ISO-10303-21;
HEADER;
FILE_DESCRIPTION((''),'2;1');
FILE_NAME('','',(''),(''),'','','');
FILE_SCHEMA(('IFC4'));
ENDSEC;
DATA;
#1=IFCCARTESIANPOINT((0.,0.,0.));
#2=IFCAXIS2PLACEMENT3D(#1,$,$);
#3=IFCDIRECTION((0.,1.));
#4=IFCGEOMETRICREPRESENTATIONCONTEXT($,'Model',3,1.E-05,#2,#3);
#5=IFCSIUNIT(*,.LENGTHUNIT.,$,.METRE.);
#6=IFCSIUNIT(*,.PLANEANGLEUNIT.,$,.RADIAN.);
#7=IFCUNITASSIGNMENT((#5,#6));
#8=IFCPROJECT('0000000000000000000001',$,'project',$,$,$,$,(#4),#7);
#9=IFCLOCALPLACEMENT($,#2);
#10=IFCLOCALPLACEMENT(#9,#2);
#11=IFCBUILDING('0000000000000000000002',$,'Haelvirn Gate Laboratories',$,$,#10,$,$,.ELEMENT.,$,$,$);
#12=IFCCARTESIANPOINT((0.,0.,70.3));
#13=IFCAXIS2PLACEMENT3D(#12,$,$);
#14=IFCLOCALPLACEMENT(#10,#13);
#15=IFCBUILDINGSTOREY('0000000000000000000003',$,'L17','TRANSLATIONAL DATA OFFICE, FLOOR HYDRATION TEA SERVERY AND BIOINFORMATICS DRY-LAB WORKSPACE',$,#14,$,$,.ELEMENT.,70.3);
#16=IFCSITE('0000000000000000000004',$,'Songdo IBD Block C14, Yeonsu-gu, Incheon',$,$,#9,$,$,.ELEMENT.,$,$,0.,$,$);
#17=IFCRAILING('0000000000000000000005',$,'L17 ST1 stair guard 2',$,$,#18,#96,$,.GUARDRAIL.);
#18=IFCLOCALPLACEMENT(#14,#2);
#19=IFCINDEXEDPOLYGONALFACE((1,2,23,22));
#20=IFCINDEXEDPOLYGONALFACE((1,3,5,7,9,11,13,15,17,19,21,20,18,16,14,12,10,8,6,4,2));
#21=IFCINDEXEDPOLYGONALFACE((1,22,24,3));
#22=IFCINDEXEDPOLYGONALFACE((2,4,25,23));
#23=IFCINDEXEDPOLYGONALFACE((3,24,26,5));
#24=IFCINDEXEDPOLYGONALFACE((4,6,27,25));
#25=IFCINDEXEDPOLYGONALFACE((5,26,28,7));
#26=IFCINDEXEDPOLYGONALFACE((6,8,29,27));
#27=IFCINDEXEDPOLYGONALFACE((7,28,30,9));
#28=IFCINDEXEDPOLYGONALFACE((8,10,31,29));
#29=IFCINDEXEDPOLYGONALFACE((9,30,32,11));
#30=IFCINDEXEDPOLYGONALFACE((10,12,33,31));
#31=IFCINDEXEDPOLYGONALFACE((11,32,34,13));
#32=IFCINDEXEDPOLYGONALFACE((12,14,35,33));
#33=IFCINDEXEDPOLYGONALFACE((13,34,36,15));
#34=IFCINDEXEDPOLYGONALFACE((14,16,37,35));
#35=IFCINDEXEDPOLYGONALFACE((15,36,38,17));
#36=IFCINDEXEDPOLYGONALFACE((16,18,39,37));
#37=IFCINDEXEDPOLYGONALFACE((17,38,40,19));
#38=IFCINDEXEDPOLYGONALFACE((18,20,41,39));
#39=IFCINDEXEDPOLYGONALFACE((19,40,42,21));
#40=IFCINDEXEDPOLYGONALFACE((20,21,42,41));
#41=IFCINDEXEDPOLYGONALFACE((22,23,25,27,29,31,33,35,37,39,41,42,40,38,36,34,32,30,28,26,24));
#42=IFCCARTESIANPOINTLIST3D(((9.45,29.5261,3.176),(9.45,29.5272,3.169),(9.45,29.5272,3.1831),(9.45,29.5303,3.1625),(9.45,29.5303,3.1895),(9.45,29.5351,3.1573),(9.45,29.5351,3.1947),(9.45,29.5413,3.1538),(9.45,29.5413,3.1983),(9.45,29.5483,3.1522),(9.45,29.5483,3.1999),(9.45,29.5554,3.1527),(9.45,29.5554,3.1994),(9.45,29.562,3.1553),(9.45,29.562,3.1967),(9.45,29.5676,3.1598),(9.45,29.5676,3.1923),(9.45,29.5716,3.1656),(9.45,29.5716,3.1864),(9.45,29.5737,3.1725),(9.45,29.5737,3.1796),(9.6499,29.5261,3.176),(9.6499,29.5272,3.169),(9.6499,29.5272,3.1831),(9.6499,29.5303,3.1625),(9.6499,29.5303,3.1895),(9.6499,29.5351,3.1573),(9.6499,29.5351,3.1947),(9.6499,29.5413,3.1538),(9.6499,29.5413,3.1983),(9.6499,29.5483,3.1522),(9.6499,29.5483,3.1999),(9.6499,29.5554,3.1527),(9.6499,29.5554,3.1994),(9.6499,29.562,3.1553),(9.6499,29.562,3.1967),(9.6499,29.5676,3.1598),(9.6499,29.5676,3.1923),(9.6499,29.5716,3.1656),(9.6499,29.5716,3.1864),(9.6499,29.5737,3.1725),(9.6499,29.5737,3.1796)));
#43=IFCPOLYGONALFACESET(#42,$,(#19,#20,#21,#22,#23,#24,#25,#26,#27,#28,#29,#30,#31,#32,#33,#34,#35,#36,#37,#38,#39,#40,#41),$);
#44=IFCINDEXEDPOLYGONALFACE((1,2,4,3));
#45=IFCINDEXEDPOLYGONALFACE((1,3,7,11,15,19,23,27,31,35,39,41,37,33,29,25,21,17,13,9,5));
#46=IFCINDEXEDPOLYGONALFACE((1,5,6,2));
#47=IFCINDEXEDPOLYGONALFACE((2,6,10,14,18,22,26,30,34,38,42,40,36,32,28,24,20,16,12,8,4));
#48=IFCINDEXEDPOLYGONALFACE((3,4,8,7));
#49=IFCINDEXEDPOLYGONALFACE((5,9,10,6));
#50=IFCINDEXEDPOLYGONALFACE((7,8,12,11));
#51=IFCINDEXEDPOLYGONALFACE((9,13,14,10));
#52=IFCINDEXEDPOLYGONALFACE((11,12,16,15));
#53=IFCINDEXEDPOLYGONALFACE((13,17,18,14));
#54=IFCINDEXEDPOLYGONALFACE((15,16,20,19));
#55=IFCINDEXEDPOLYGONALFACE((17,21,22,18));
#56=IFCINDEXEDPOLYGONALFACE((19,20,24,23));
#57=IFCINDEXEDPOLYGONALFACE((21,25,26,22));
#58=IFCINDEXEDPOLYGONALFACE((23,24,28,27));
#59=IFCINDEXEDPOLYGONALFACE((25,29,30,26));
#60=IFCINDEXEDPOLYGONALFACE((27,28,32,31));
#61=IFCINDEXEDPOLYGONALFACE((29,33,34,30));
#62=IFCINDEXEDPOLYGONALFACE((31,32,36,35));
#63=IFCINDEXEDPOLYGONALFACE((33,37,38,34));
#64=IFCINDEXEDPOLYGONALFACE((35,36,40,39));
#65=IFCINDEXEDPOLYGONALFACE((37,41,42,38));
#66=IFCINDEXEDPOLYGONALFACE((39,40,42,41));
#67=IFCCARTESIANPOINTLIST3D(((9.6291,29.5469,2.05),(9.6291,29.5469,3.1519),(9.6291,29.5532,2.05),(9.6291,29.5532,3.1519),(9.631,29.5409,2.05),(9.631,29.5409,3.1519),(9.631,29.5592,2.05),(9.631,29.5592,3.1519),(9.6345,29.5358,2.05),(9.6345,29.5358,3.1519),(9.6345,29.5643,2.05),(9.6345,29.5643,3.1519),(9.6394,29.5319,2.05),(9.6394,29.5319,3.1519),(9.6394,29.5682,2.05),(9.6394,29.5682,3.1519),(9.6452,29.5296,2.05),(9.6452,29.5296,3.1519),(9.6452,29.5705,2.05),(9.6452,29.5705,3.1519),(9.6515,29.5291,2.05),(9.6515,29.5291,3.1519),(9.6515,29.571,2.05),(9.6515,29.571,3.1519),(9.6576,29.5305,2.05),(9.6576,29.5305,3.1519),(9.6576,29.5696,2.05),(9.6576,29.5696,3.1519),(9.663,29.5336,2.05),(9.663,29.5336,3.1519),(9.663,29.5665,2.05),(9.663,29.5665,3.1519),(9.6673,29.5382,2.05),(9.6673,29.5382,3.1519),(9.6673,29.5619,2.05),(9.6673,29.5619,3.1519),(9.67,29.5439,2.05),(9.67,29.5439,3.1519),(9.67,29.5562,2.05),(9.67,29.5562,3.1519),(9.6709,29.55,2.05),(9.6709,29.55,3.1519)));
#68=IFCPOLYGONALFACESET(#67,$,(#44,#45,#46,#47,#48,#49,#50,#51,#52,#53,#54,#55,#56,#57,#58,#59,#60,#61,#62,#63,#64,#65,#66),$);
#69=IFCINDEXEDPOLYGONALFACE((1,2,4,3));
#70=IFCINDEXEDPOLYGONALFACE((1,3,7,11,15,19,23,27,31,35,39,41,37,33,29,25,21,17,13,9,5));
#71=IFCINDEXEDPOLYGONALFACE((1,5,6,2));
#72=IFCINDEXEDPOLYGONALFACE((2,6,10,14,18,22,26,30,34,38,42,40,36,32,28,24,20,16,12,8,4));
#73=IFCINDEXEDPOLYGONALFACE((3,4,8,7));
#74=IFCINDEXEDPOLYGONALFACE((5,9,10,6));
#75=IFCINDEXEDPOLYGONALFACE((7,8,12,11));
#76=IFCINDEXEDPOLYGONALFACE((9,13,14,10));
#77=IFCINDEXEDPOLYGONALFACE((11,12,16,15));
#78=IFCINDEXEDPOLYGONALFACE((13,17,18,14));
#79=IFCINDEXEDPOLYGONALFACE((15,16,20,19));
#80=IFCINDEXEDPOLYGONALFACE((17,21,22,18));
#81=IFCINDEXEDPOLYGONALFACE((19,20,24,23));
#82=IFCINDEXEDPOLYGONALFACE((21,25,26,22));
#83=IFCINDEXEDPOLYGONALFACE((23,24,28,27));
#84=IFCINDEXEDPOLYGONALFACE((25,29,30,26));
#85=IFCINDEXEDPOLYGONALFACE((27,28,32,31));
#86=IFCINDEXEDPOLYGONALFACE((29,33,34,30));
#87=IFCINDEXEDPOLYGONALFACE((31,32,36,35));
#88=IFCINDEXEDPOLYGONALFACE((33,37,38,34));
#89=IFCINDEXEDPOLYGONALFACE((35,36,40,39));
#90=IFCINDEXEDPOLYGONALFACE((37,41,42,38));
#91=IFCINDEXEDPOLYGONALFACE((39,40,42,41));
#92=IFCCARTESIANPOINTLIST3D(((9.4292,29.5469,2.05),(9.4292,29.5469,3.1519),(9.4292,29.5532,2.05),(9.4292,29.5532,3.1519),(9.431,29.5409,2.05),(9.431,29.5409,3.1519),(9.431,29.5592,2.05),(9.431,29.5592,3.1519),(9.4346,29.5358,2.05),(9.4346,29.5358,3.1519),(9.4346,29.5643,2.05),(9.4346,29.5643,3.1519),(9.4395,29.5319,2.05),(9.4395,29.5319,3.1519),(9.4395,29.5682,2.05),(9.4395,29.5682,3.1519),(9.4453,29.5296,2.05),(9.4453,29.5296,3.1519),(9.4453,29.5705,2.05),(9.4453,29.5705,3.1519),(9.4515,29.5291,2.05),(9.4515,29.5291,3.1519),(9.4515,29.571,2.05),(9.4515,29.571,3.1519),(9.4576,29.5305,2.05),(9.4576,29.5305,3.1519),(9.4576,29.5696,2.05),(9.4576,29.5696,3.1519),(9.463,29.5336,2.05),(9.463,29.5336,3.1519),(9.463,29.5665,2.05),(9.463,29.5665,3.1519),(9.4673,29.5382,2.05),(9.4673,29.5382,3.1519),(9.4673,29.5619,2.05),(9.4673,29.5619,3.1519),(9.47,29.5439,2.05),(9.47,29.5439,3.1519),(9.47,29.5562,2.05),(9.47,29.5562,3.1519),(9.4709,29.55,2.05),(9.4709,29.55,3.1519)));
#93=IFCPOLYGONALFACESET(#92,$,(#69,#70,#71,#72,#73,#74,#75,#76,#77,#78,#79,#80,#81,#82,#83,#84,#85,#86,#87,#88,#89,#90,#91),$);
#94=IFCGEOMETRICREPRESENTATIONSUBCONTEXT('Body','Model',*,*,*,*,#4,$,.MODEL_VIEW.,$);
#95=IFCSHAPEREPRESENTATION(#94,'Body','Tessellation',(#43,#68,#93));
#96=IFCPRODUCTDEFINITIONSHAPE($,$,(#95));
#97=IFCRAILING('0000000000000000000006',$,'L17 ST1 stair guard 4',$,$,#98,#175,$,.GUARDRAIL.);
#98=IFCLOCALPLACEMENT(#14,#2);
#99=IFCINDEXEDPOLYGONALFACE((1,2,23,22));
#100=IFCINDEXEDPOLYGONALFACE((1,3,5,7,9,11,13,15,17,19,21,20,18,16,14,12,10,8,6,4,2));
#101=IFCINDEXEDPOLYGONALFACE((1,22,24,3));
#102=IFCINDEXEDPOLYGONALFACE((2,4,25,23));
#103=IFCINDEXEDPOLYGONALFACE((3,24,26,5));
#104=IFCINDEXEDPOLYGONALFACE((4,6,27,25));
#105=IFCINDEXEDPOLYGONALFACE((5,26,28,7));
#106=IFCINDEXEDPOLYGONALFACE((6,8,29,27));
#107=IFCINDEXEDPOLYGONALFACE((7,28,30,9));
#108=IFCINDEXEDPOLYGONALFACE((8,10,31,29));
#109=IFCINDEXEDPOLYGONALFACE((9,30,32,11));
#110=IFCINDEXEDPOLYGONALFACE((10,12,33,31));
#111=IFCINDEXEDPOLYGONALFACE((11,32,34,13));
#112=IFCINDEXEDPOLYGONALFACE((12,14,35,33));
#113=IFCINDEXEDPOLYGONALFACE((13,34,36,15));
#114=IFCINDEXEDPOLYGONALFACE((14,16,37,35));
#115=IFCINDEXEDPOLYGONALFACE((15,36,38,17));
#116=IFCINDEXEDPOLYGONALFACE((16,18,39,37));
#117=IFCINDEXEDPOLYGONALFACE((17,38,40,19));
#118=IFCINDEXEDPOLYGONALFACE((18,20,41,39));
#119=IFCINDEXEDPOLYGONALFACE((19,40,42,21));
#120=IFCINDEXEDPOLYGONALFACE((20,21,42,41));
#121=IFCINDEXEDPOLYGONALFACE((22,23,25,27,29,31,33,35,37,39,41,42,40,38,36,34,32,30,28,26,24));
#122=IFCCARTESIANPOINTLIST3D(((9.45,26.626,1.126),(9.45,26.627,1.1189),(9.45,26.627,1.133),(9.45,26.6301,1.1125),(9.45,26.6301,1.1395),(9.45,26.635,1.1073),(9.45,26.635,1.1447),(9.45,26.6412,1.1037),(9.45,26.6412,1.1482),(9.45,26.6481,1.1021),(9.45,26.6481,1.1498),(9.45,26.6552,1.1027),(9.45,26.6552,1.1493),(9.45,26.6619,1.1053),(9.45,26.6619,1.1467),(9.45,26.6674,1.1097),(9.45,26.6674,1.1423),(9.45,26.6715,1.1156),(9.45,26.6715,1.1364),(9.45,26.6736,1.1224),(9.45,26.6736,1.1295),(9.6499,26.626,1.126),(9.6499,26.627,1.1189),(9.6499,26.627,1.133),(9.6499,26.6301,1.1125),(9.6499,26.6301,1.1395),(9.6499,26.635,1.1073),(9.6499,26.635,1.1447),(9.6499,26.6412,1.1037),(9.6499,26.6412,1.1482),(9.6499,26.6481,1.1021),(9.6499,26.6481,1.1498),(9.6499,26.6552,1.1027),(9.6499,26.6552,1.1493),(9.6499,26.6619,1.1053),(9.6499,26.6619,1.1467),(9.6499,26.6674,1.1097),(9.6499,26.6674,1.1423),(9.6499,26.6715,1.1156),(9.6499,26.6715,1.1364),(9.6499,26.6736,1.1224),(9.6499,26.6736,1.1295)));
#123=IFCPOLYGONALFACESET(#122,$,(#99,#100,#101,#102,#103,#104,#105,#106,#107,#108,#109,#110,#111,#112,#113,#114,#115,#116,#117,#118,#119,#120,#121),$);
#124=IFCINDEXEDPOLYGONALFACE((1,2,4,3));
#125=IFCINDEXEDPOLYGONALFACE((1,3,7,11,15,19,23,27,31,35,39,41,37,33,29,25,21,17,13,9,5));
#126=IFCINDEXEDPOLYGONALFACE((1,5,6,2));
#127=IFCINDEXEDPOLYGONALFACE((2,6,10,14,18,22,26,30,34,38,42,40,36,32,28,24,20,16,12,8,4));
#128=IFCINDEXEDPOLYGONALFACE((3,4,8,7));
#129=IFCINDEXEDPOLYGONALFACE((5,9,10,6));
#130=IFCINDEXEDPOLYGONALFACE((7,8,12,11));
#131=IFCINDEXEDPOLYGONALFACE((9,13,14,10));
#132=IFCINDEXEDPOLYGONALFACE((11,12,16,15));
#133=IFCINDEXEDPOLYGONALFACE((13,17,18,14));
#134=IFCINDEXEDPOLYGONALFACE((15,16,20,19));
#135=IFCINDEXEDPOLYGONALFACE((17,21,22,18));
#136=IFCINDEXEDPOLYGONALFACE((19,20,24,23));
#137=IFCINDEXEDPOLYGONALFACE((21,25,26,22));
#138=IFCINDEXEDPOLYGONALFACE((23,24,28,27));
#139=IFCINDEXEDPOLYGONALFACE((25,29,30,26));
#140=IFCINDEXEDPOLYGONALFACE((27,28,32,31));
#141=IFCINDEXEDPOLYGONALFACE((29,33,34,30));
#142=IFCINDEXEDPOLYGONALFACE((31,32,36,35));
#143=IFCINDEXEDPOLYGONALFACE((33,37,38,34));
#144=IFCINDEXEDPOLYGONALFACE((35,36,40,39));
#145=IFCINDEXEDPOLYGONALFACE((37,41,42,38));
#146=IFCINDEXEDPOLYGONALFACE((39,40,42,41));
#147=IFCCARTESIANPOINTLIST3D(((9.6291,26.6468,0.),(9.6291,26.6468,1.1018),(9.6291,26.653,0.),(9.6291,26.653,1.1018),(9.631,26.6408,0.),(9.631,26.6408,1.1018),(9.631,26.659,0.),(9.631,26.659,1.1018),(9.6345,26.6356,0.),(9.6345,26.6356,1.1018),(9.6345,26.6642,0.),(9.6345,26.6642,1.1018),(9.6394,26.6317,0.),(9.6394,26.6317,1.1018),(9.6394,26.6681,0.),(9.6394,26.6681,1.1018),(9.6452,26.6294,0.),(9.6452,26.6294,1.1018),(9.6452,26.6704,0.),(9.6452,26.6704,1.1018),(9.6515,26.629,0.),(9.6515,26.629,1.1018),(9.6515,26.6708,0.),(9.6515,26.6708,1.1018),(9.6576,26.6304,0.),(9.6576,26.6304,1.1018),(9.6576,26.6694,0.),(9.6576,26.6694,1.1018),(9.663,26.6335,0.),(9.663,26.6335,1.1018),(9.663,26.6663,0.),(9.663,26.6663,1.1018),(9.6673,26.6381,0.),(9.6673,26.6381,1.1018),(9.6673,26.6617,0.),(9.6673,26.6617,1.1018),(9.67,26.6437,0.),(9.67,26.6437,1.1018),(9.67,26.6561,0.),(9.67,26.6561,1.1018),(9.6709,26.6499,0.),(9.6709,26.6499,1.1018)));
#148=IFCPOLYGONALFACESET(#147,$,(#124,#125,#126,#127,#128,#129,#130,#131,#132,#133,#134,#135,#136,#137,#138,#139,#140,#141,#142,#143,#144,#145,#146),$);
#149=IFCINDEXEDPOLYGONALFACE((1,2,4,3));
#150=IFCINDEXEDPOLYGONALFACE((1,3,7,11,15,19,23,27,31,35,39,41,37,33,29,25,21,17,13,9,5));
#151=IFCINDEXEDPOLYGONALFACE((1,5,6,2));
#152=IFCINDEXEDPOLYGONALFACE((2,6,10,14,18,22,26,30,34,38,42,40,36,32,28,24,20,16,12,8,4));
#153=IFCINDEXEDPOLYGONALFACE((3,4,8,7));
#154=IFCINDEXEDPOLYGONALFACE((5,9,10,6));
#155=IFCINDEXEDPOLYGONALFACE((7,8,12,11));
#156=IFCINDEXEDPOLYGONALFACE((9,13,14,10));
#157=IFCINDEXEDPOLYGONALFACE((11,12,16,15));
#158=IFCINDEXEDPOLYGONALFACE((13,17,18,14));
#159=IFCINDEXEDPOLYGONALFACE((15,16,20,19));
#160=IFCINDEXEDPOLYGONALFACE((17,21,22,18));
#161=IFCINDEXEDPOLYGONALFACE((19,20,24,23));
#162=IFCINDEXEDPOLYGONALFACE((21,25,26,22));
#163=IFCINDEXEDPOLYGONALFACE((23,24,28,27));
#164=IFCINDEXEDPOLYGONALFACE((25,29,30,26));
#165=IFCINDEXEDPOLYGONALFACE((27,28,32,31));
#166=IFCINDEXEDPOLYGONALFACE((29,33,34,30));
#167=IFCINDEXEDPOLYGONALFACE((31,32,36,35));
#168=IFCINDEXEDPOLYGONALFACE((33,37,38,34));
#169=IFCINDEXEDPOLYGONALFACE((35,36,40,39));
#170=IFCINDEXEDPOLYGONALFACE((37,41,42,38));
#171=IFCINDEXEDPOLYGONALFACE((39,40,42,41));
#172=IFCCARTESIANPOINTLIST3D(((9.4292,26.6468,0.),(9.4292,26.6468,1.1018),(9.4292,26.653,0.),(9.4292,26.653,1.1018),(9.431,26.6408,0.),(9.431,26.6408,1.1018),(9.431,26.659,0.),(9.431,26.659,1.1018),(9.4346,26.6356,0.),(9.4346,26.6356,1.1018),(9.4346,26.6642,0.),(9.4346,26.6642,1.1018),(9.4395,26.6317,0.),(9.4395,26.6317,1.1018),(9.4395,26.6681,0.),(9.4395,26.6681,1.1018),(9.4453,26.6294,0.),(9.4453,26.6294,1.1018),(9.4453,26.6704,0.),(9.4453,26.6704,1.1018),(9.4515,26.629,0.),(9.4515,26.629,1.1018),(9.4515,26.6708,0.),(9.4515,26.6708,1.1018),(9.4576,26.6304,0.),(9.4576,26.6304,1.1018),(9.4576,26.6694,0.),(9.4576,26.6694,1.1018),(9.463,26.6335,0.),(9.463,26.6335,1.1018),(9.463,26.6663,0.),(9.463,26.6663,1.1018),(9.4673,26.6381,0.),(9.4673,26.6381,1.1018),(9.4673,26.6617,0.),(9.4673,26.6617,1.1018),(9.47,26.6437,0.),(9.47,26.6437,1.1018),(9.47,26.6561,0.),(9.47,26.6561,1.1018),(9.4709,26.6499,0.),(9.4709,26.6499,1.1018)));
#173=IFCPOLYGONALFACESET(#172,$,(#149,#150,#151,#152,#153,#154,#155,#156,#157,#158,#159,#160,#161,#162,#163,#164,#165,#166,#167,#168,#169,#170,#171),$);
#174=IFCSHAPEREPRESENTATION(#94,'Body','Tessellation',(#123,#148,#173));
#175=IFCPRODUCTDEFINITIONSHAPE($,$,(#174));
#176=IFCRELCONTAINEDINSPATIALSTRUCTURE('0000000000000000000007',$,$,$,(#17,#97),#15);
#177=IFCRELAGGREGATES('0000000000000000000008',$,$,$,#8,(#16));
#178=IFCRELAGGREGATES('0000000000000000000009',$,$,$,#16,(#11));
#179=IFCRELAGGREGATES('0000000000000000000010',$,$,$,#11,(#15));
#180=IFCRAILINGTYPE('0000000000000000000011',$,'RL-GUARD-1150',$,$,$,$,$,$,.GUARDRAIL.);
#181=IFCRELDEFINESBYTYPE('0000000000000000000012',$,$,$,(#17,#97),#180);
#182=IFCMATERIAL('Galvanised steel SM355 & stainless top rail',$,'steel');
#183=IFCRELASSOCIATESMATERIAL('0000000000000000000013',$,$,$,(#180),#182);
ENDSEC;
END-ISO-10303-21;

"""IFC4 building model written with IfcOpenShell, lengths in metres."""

from ifc_helpers import new_model, si_unit, direction, frame, origin, origin_2d, place, context, subcontext, project, spatial, circle, extrude, source, transform, mapped, material, type_object, element, save


model = new_model("IFC4")

# Units and contexts
model_context = context("Model", 3, precision=1e-05, world=origin(), true_north=direction((0.0, 1.0)))
body_context = subcontext(model_context, "Body", "Model", "MODEL_VIEW")
ifc_project = project(units=[si_unit("LENGTHUNIT", "METRE"), si_unit("PLANEANGLEUNIT", "RADIAN")], contexts=[model_context])

# Site, building, storey
site_placement = place(None, origin())
site = spatial("IfcSite", under=ifc_project, at=site_placement, Name="Songdo IBD Block C14, Yeonsu-gu, Incheon", CompositionType="ELEMENT", RefElevation=0.0)
building_placement = place(site_placement, origin())
building = spatial("IfcBuilding", under=site, at=building_placement, Name="Haelvirn Gate Laboratories", CompositionType="ELEMENT")
storey_placement = place(building_placement, frame((0.0, 0.0, 70.3)))
storey = spatial("IfcBuildingStorey", under=building, at=storey_placement, Name="L17", Description="TRANSLATIONAL DATA OFFICE, FLOOR HYDRATION TEA SERVERY AND BIOINFORMATICS DRY-LAB WORKSPACE", CompositionType="ELEMENT", Elevation=70.3)

# Railings
ifc_material_1 = material(Name="Galvanised steel SM355 & stainless top rail", Category="steel")
railing_type_1 = type_object("IfcRailingType", Name="RL-GUARD-1150", PredefinedType="GUARDRAIL", material=ifc_material_1)
shared_shape_1 = source(origin(), body_context, "Body", "SweptSolid", [
    extrude(circle(Radius=0.0239, at=origin_2d()), frame((0.0, 0.0, 1.126), z_axis=(-1.0, 0.0, 0.0), x_axis=(0.0, -1.0, 0.0)), (0.0, 0.0, 1.0), 0.2),
    extrude(circle(Radius=0.021, at=origin_2d()), origin(), (0.0, 0.0, 1.0), 1.1018),
    extrude(circle(Radius=0.021, at=origin_2d()), frame((-0.2, 0.0, 0.0)), (0.0, 0.0, 1.0), 1.1018),
])
for number, where, name in (
    (1, (9.6499, 29.55, 2.05), "L17 ST1 stair guard 2"),
    (2, (9.6499, 26.6499, 0.0), "L17 ST1 stair guard 4"),
):
    element("IfcRailing", number, at=place(storey_placement, frame(where)), inside=storey, type_object=railing_type_1, Name=name, PredefinedType="GUARDRAIL", context=body_context, shape_type="MappedRepresentation", body=[
        mapped(shared_shape_1, transform((0.0, 0.0, 0.0), scale=1.0)),
    ])

save(model, "model.ifc")
